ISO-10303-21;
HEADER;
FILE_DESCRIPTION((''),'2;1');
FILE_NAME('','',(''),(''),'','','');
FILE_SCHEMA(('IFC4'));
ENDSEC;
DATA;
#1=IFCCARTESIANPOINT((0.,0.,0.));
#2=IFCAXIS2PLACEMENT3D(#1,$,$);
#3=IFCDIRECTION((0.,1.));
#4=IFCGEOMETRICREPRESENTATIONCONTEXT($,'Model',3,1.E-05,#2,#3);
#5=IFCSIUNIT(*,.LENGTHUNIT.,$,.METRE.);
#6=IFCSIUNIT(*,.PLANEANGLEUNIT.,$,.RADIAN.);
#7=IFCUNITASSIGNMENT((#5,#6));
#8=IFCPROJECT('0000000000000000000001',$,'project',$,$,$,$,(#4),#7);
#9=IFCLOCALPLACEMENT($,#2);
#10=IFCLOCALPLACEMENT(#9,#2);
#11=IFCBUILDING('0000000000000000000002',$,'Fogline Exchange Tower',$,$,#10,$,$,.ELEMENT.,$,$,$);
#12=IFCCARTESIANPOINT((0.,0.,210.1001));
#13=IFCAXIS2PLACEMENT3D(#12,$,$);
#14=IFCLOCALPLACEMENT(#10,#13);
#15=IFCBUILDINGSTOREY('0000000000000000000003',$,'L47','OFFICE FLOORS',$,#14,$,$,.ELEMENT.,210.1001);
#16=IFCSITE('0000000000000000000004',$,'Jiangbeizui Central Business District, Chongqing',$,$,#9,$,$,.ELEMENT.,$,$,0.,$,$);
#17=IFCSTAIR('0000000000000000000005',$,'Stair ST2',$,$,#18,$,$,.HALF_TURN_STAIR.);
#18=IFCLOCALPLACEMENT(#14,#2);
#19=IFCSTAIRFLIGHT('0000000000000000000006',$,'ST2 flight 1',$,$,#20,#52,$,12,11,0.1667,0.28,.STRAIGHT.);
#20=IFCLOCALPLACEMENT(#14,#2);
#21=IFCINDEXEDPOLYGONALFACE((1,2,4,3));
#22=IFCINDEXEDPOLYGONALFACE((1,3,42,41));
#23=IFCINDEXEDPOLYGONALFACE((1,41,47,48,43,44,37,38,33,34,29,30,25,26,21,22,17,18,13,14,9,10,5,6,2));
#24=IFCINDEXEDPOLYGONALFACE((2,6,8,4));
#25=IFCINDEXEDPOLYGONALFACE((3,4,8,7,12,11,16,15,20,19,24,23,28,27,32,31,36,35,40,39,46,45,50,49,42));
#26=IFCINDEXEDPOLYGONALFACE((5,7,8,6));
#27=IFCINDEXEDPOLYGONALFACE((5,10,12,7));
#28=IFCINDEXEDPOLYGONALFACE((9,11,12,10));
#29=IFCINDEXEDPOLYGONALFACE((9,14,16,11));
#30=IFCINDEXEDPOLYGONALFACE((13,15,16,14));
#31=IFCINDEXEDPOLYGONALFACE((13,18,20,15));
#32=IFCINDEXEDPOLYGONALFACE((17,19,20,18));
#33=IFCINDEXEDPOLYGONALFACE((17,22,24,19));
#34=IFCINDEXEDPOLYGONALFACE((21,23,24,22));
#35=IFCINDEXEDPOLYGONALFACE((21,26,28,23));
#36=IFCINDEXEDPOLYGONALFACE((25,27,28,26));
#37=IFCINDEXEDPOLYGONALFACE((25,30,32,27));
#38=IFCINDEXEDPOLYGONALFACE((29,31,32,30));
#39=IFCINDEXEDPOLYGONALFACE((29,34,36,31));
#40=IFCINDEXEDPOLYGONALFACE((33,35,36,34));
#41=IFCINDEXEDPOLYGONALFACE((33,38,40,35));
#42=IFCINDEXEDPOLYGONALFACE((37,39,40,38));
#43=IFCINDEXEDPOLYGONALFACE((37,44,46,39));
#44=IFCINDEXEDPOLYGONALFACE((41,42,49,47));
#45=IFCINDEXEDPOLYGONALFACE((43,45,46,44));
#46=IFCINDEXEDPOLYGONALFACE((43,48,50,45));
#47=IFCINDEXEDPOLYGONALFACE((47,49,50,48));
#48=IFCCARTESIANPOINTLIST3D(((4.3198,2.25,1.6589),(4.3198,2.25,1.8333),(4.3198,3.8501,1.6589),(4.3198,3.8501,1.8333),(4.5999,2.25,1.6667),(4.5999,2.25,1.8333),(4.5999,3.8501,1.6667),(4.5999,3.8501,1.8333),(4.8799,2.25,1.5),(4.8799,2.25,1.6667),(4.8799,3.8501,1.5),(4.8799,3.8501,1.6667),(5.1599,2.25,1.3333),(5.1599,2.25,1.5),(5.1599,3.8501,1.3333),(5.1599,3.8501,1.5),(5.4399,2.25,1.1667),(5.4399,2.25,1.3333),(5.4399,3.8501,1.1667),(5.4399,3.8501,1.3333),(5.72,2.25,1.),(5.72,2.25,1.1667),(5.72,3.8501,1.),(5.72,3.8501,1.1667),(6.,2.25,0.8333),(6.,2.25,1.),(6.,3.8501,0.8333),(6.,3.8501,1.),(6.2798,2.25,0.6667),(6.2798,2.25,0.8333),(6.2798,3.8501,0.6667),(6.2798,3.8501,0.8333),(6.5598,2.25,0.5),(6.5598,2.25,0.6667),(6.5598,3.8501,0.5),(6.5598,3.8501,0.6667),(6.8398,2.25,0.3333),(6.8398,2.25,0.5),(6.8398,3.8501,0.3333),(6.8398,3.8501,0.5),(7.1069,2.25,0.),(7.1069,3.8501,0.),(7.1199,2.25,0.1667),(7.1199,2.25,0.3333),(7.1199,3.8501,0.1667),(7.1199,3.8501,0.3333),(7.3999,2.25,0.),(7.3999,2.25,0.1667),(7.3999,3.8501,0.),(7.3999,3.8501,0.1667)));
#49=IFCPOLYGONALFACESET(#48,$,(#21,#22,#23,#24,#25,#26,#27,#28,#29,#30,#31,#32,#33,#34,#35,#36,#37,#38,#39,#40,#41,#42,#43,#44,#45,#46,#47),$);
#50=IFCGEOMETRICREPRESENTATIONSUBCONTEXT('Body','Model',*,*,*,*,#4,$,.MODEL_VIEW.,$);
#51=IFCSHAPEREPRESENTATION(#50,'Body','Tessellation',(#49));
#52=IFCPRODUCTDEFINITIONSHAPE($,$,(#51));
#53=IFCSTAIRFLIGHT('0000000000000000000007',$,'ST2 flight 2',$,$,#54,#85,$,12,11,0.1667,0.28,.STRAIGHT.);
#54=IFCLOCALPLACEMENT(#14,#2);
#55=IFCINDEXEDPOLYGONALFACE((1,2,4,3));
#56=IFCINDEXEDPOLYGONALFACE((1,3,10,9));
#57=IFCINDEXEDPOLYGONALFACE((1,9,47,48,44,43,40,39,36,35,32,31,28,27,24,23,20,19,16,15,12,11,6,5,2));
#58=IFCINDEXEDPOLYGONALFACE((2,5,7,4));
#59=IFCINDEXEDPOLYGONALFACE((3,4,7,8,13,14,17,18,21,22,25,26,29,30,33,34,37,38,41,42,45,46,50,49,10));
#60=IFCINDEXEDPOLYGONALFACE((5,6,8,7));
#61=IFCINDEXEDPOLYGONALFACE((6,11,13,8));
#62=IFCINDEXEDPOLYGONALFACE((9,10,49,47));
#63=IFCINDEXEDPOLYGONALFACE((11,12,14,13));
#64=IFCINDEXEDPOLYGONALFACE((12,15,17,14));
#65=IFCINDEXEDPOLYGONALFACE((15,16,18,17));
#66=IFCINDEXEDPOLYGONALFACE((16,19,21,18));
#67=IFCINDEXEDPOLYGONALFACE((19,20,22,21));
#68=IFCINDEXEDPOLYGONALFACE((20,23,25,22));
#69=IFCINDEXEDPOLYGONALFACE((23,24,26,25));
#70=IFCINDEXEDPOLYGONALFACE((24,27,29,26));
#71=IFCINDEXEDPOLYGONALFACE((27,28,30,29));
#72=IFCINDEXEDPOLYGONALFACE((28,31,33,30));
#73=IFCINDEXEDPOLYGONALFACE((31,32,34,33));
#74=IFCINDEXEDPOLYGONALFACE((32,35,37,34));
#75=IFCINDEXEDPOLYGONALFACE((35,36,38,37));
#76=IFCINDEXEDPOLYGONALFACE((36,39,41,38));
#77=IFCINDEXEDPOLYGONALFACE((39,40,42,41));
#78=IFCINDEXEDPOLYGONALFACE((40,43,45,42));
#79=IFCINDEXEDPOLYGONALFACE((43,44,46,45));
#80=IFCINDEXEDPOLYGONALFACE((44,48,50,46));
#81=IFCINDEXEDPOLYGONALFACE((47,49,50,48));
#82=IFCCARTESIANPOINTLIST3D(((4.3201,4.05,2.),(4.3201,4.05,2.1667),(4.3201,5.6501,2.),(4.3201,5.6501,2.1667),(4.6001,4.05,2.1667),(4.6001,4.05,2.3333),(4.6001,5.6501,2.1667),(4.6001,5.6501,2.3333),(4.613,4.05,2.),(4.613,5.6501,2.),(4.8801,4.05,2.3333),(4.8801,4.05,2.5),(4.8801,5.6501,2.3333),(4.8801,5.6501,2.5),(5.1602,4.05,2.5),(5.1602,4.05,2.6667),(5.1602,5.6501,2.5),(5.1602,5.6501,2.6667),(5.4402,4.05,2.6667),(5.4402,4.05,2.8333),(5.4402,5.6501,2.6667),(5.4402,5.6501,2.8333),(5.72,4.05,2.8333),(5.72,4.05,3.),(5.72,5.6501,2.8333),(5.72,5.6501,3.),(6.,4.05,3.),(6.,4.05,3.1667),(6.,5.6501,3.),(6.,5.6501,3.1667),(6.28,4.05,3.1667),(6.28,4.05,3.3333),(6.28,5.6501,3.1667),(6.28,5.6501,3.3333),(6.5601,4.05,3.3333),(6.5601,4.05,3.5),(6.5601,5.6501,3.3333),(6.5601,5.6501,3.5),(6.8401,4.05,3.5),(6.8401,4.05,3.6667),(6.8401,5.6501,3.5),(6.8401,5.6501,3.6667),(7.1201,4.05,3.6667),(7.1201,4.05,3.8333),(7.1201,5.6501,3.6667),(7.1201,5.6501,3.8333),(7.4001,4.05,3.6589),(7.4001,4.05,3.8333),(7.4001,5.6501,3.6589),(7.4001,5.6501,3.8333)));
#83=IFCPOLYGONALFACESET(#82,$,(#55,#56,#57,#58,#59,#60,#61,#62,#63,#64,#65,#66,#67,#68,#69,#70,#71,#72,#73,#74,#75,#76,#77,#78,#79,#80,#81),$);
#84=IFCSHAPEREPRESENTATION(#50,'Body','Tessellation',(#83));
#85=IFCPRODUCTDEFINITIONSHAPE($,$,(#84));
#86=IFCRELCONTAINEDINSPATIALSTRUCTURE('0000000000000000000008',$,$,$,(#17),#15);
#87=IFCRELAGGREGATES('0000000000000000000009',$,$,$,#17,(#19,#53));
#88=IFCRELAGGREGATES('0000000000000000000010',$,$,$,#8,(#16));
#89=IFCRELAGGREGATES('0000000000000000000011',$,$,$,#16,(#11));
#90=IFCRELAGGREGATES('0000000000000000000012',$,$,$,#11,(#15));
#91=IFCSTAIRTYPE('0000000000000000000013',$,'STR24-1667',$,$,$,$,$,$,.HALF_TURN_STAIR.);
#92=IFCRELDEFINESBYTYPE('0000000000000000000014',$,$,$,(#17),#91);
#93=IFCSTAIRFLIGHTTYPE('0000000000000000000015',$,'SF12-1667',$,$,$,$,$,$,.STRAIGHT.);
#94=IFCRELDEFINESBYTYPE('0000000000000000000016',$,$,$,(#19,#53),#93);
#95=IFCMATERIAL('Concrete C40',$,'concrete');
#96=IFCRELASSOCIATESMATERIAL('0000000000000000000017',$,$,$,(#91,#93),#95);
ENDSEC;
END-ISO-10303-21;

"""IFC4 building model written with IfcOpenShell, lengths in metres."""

from ifc_helpers import new_model, si_unit, direction, frame, origin, place, context, subcontext, project, spatial, polyline, outline, extrude, material, type_object, element, aggregate, save


model = new_model("IFC4")

# Units and contexts
model_context = context("Model", 3, precision=1e-05, world=origin(), true_north=direction((0.0, 1.0)))
body_context = subcontext(model_context, "Body", "Model", "MODEL_VIEW")
ifc_project = project(units=[si_unit("LENGTHUNIT", "METRE"), si_unit("PLANEANGLEUNIT", "RADIAN")], contexts=[model_context])

# Site, building, storey
site_placement = place(None, origin())
site = spatial("IfcSite", under=ifc_project, at=site_placement, Name="Jiangbeizui Central Business District, Chongqing", CompositionType="ELEMENT", RefElevation=0.0)
building_placement = place(site_placement, origin())
building = spatial("IfcBuilding", under=site, at=building_placement, Name="Fogline Exchange Tower", CompositionType="ELEMENT")
storey_placement = place(building_placement, frame((0.0, 0.0, 210.1001)))
storey = spatial("IfcBuildingStorey", under=building, at=storey_placement, Name="L47", Description="OFFICE FLOORS", CompositionType="ELEMENT", Elevation=210.1001)

# Shared definitions
ifc_material_1 = material(Name="Concrete C40", Category="concrete")

# Stair
stair_type = type_object("IfcStairType", Name="STR24-1667", PredefinedType="HALF_TURN_STAIR", material=ifc_material_1)
stair_1_placement = place(storey_placement, origin())
stair_1 = element("IfcStair", 1, at=stair_1_placement, inside=storey, type_object=stair_type, Name="Stair ST2", PredefinedType="HALF_TURN_STAIR")

# Stair flights
stair_flight_type = type_object("IfcStairFlightType", Name="SF12-1667", PredefinedType="STRAIGHT", material=ifc_material_1)
stair_flight_1_placement = place(storey_placement, frame((7.3999, 3.05, 0.0), z_axis=(0.0, 0.0, 1.0), x_axis=(-1.0, 0.0, 0.0)))
stair_flight_1 = element("IfcStairFlight", 2, at=stair_flight_1_placement, type_object=stair_flight_type, Name="ST2 flight 1", NumberOfRisers=12, NumberOfTreads=11, PredefinedType="STRAIGHT", RiserHeight=0.1667, TreadLength=0.28, context=body_context, shape_type="SweptSolid", body=[
    extrude(outline(polyline([(0.0, 0.0), (0.0, 0.1667), (0.28, 0.1667), (0.28, 0.3333), (0.5601, 0.3333), (0.5601, 0.5), (0.8401, 0.5), (0.8401, 0.6667), (1.1201, 0.6667), (1.1201, 0.8333), (1.3999, 0.8333), (1.3999, 1.0), (1.6799, 1.0), (1.6799, 1.1667), (1.96, 1.1667), (1.96, 1.3333), (2.24, 1.3333), (2.24, 1.5), (2.52, 1.5), (2.52, 1.6667), (2.8, 1.6667), (2.8, 1.8333), (3.0801, 1.8333), (3.0801, 2.0), (3.0801, 1.6589), (0.293, 0.0), (0.0, 0.0)])), frame((0.0, 0.8, 0.0), z_axis=(0.0, -1.0, 0.0), x_axis=(1.0, 0.0, 0.0)), (0.0, 0.0, 1.0), 1.6001),
])
stair_flight_2_placement = place(storey_placement, frame((4.3201, 4.8501, 2.0), z_axis=(0.0, 0.0, 1.0), x_axis=(1.0, 0.0, 0.0)))
stair_flight_2 = element("IfcStairFlight", 3, at=stair_flight_2_placement, type_object=stair_flight_type, Name="ST2 flight 2", NumberOfRisers=12, NumberOfTreads=11, PredefinedType="STRAIGHT", RiserHeight=0.1667, TreadLength=0.28, context=body_context, shape_type="SweptSolid", body=[
    extrude(outline(polyline([(0.0, 0.0), (0.0, 0.1667), (0.28, 0.1667), (0.28, 0.3333), (0.5601, 0.3333), (0.5601, 0.5), (0.8401, 0.5), (0.8401, 0.6667), (1.1201, 0.6667), (1.1201, 0.8333), (1.3999, 0.8333), (1.3999, 1.0), (1.6799, 1.0), (1.6799, 1.1667), (1.96, 1.1667), (1.96, 1.3333), (2.24, 1.3333), (2.24, 1.5), (2.52, 1.5), (2.52, 1.6667), (2.8, 1.6667), (2.8, 1.8333), (3.0801, 1.8333), (3.0801, 2.0), (3.0801, 1.6589), (0.293, 0.0), (0.0, 0.0)])), frame((0.0, 0.8, 0.0), z_axis=(0.0, -1.0, 0.0), x_axis=(1.0, 0.0, 0.0)), (0.0, 0.0, 1.0), 1.6001),
])
aggregate(stair_1, [stair_flight_1, stair_flight_2])

save(model, "model.ifc")
